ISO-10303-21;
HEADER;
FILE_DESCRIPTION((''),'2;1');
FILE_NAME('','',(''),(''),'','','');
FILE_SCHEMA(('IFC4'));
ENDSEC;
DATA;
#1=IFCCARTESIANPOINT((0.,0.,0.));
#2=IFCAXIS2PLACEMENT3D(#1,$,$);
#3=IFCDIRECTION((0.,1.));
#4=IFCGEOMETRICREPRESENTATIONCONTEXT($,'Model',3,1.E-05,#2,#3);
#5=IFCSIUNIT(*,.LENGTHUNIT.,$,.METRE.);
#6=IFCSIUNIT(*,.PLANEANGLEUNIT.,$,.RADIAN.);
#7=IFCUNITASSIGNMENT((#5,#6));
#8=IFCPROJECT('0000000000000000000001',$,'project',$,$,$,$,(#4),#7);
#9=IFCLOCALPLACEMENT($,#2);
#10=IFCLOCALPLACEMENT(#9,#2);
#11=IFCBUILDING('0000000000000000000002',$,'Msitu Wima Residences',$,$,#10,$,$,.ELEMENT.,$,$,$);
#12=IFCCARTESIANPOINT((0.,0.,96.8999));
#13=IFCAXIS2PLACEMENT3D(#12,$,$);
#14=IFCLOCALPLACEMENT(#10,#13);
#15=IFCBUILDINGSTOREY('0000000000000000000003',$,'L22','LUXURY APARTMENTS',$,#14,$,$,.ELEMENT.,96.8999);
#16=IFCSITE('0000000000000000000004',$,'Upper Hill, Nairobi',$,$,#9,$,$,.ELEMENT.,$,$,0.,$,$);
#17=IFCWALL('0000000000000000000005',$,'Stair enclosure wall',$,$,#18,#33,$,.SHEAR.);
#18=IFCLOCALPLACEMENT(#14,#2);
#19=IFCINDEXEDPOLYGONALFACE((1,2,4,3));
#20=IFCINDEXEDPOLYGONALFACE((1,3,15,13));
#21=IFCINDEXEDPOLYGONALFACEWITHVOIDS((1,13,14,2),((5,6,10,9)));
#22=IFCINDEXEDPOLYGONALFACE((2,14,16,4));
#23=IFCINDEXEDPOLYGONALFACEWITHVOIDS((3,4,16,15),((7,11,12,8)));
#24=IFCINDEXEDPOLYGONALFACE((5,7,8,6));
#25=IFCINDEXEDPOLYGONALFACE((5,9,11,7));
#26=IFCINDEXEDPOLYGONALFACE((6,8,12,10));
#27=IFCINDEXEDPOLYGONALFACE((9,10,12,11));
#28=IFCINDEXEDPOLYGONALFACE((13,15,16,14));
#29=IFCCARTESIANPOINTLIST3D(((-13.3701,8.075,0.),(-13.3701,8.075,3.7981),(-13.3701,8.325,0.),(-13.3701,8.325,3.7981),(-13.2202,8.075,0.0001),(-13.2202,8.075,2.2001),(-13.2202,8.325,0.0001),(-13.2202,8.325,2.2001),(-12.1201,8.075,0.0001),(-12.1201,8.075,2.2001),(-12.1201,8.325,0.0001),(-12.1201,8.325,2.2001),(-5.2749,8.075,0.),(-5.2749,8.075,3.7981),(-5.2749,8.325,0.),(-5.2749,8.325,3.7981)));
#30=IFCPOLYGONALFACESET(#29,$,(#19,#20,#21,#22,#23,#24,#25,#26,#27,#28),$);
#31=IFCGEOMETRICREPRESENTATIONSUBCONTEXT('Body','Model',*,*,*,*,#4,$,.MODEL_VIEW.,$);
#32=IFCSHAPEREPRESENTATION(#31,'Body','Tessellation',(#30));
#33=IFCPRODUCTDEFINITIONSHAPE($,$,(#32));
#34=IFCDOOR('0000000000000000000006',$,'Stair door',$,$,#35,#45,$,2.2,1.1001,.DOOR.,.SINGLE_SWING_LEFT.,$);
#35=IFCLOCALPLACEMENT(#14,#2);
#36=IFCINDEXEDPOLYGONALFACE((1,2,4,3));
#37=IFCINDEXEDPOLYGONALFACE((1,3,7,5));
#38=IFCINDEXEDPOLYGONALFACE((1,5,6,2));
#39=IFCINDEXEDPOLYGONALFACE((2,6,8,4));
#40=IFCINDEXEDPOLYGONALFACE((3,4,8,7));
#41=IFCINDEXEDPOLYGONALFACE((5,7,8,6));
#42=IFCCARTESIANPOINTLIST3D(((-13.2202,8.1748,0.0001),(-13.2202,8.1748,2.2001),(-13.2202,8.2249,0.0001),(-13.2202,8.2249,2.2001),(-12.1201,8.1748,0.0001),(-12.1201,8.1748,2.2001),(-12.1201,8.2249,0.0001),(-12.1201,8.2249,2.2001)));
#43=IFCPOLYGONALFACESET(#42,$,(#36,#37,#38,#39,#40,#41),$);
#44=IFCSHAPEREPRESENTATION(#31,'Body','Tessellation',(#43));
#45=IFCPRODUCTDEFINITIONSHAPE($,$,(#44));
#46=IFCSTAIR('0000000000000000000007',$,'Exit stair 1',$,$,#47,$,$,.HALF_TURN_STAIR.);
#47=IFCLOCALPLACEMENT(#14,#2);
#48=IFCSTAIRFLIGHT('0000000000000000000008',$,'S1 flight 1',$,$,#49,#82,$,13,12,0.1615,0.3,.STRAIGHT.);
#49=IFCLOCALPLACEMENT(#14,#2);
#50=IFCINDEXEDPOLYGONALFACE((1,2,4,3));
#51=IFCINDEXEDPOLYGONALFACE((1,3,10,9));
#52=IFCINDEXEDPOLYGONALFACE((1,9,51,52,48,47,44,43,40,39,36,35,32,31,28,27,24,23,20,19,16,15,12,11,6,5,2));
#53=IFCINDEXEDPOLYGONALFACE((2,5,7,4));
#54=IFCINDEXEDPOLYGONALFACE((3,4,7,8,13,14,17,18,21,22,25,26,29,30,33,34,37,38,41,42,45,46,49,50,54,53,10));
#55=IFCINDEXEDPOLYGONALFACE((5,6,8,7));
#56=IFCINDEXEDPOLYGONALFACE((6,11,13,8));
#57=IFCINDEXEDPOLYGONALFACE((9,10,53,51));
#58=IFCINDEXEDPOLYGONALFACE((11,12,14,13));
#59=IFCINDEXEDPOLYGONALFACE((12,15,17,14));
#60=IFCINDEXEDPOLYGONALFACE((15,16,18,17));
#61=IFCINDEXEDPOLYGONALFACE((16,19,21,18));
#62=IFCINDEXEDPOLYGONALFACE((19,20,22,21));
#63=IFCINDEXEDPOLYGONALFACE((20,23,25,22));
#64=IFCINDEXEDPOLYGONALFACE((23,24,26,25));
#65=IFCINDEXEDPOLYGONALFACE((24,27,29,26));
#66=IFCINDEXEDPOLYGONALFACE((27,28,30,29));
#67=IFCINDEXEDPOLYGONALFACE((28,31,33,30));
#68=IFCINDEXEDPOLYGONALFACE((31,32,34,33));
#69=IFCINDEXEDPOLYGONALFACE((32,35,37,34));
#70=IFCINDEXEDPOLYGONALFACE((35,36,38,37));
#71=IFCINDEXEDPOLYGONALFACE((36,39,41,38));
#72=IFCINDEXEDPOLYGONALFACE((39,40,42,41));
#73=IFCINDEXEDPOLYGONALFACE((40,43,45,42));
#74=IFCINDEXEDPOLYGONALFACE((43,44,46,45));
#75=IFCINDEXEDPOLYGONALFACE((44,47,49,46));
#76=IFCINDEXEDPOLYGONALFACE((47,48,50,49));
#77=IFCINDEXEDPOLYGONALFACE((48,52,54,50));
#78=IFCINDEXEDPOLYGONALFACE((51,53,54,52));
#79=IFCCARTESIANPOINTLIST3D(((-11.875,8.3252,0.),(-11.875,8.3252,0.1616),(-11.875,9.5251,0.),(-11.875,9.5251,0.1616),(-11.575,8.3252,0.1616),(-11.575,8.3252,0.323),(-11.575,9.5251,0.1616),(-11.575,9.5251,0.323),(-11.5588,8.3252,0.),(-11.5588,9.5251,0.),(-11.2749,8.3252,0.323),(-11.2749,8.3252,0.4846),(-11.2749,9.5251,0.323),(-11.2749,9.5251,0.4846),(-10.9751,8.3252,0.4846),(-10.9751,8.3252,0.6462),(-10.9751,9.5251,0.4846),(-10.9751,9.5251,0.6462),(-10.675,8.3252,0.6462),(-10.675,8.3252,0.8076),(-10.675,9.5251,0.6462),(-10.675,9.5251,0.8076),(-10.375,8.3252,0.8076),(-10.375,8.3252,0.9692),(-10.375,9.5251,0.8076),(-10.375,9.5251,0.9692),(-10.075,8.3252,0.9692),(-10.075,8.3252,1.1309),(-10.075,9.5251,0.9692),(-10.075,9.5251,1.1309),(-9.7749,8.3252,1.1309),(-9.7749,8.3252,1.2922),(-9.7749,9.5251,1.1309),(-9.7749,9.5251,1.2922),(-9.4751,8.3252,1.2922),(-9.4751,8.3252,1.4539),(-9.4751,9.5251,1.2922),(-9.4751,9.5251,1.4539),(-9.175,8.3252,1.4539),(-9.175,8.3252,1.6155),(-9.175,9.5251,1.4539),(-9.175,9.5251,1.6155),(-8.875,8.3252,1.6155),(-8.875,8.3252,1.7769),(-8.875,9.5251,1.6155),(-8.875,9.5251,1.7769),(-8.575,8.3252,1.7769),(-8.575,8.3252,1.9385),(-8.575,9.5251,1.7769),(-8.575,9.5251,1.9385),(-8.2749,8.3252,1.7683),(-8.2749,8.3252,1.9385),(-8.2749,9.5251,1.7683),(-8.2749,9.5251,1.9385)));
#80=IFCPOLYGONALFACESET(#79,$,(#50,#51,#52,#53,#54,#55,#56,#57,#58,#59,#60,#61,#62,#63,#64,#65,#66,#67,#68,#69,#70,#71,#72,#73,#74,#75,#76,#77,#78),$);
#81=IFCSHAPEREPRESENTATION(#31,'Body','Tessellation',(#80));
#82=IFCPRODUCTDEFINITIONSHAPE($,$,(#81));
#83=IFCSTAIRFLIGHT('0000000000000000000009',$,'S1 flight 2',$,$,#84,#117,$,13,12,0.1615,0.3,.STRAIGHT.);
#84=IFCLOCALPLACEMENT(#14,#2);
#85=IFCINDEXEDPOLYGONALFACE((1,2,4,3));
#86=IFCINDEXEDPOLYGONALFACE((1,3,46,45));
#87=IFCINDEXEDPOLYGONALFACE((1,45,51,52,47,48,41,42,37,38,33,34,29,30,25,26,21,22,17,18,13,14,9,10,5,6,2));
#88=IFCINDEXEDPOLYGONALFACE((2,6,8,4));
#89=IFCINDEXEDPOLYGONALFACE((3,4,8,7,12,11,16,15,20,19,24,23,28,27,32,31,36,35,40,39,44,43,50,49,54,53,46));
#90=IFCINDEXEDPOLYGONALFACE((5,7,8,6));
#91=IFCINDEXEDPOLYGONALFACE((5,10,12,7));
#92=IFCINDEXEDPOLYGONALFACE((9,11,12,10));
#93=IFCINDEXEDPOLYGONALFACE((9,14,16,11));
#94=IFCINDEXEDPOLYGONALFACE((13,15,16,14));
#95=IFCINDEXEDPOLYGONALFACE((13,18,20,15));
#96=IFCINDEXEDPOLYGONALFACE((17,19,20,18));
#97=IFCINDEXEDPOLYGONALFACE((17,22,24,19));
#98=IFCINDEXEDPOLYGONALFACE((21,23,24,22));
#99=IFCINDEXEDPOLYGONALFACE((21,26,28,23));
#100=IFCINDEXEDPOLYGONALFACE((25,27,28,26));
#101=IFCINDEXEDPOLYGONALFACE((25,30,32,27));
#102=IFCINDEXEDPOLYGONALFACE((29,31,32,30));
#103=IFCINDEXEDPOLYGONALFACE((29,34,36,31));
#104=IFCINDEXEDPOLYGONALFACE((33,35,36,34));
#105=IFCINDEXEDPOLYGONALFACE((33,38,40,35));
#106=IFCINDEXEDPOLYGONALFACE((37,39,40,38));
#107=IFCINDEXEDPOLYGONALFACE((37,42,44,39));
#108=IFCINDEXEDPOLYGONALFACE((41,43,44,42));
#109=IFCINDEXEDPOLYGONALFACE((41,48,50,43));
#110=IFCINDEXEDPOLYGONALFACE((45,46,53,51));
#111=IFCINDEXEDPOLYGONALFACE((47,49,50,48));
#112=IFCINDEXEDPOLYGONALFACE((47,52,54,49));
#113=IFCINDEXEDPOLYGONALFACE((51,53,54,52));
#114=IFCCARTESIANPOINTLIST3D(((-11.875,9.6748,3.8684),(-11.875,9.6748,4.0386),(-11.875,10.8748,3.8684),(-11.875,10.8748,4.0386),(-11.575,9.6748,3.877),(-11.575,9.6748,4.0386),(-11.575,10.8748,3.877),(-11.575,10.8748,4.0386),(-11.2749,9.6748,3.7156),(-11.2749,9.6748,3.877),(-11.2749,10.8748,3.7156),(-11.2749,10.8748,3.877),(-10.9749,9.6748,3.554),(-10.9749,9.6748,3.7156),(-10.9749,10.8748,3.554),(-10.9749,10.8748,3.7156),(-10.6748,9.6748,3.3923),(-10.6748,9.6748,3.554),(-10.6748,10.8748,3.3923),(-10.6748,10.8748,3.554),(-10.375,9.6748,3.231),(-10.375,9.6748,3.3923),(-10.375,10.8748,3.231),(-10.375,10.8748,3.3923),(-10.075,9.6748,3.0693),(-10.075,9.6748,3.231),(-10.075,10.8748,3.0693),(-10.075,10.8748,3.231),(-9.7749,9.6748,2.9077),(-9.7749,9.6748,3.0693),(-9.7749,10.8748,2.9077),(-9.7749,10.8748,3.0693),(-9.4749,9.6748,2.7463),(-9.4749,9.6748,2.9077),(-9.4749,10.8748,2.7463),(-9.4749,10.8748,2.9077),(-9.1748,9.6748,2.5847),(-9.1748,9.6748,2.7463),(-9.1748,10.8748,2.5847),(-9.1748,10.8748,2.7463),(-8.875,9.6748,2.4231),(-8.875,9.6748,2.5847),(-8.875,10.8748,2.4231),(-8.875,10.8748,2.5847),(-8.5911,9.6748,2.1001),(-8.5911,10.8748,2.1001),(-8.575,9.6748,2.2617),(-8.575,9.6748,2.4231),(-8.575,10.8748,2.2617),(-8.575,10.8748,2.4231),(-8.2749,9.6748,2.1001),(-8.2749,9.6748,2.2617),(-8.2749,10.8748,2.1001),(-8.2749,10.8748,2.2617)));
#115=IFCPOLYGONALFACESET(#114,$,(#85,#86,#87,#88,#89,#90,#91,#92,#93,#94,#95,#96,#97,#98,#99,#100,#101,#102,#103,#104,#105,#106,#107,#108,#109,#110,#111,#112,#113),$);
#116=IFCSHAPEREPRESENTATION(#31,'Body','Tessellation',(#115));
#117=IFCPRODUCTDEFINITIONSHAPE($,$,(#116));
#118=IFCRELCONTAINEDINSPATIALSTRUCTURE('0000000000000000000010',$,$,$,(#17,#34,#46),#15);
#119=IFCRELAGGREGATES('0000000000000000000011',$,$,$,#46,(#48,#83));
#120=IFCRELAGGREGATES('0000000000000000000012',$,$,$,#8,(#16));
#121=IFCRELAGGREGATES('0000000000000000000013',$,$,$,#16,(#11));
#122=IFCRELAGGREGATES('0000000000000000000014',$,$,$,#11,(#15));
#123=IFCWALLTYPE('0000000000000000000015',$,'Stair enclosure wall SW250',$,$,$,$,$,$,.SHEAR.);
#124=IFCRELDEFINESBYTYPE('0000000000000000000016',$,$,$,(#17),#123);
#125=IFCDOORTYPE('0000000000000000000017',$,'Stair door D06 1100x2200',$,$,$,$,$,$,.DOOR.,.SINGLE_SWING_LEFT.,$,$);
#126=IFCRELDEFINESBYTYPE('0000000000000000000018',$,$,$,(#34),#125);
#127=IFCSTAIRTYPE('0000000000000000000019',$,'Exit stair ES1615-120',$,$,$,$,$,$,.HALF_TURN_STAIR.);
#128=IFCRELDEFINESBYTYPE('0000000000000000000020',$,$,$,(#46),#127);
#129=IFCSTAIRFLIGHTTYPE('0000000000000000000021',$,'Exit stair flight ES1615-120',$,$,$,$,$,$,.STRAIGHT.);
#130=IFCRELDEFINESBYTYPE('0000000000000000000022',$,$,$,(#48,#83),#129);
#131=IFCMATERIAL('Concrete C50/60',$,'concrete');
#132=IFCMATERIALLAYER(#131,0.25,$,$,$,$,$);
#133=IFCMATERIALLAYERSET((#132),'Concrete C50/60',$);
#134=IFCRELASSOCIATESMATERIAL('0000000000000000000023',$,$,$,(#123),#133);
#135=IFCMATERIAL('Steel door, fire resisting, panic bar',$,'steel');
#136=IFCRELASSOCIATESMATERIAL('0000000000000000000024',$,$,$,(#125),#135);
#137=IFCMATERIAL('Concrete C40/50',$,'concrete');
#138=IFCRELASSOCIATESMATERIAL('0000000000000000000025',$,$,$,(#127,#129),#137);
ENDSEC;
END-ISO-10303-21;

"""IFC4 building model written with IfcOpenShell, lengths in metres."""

from ifc_helpers import new_model, si_unit, direction, frame, frame_2d, origin, place, context, subcontext, project, spatial, polyline, rectangle, outline, extrude, material, layer, layer_set, type_object, element, fill, aggregate, save


model = new_model("IFC4")

# Units and contexts
model_context = context("Model", 3, precision=1e-05, world=origin(), true_north=direction((0.0, 1.0)))
body_context = subcontext(model_context, "Body", "Model", "MODEL_VIEW")
ifc_project = project(units=[si_unit("LENGTHUNIT", "METRE"), si_unit("PLANEANGLEUNIT", "RADIAN")], contexts=[model_context])

# Site, building, storey
site_placement = place(None, origin())
site = spatial("IfcSite", under=ifc_project, at=site_placement, Name="Upper Hill, Nairobi", CompositionType="ELEMENT", RefElevation=0.0)
building_placement = place(site_placement, origin())
building = spatial("IfcBuilding", under=site, at=building_placement, Name="Msitu Wima Residences", CompositionType="ELEMENT")
storey_placement = place(building_placement, frame((0.0, 0.0, 96.8999)))
storey = spatial("IfcBuildingStorey", under=building, at=storey_placement, Name="L22", Description="LUXURY APARTMENTS", CompositionType="ELEMENT", Elevation=96.8999)

# Shared definitions
ifc_material_1 = material(Name="Concrete C40/50", Category="concrete")

# Wall, opening, door
ifc_material_2 = material(Name="Concrete C50/60", Category="concrete")
ifc_layer_1 = layer(ifc_material_2, 0.25)
ifc_layer_set_1 = layer_set([ifc_layer_1], Name="Concrete C50/60")
wall_type_1 = type_object("IfcWallType", Name="Stair enclosure wall SW250", PredefinedType="SHEAR", material=ifc_layer_set_1)
wall_1_placement = place(storey_placement, frame((-13.3701, 8.2, 0.0), z_axis=(0.0, 0.0, 1.0), x_axis=(1.0, 0.0, 0.0)))
wall_1 = element("IfcWall", 1, at=wall_1_placement, inside=storey, type_object=wall_type_1, Name="Stair enclosure wall", PredefinedType="SHEAR", context=body_context, shape_type="SweptSolid", body=[
    extrude(rectangle(XDim=8.0952, YDim=0.25, at=frame_2d((4.0476, 0.0))), origin(), (0.0, 0.0, 1.0), 3.7981),
])
opening_1_placement = place(wall_1_placement, frame((0.1499, 0.0, 0.0)))
opening_1 = element("IfcOpeningElement", 2, at=opening_1_placement, cuts=wall_1, PredefinedType="OPENING", context=body_context, shape_type="SweptSolid", body=[
    extrude(rectangle(XDim=1.1001, YDim=2.2, at=frame_2d((0.55, 1.1001))), frame((0.0, 0.135, 0.0), z_axis=(0.0, -1.0, 0.0), x_axis=(1.0, 0.0, 0.0)), (0.0, 0.0, 1.0), 0.27),
])
ifc_material_3 = material(Name="Steel door, fire resisting, panic bar", Category="steel")
door_type_1 = type_object("IfcDoorType", Name="Stair door D06 1100x2200", OperationType="SINGLE_SWING_LEFT", PredefinedType="DOOR", material=ifc_material_3)
door_1_placement = place(opening_1_placement, origin())
door_1 = element("IfcDoor", 3, at=door_1_placement, inside=storey, type_object=door_type_1, Name="Stair door", OperationType="SINGLE_SWING_LEFT", OverallHeight=2.2, OverallWidth=1.1001, PredefinedType="DOOR", context=body_context, shape_type="SweptSolid", body=[
    extrude(rectangle(XDim=1.1001, YDim=2.2, at=frame_2d((0.55, 1.1001))), frame((0.0, 0.0249, 0.0), z_axis=(0.0, -1.0, 0.0), x_axis=(1.0, 0.0, 0.0)), (0.0, 0.0, 1.0), 0.05),
])
fill(opening_1, door_1)

# Stair, stair flights
stair_type = type_object("IfcStairType", Name="Exit stair ES1615-120", PredefinedType="HALF_TURN_STAIR", material=ifc_material_1)
stair_placement = place(storey_placement, origin())
stair = element("IfcStair", 4, at=stair_placement, inside=storey, type_object=stair_type, Name="Exit stair 1", PredefinedType="HALF_TURN_STAIR")
stair_flight_type = type_object("IfcStairFlightType", Name="Exit stair flight ES1615-120", PredefinedType="STRAIGHT", material=ifc_material_1)
stair_flight_1_placement = place(storey_placement, frame((-11.875, 8.925, 0.0), z_axis=(0.0, 0.0, 1.0), x_axis=(1.0, 0.0, 0.0)))
stair_flight_1 = element("IfcStairFlight", 5, at=stair_flight_1_placement, type_object=stair_flight_type, Name="S1 flight 1", NumberOfRisers=13, NumberOfTreads=12, PredefinedType="STRAIGHT", RiserHeight=0.1615, TreadLength=0.3, context=body_context, shape_type="SweptSolid", body=[
    extrude(outline(polyline([(0.0, 0.0), (0.0, 0.1616), (0.3, 0.1616), (0.3, 0.323), (0.6001, 0.323), (0.6001, 0.4846), (0.8999, 0.4846), (0.8999, 0.6462), (1.2, 0.6462), (1.2, 0.8076), (1.5, 0.8076), (1.5, 0.9692), (1.8, 0.9692), (1.8, 1.1309), (2.1001, 1.1309), (2.1001, 1.2922), (2.3999, 1.2922), (2.3999, 1.4539), (2.7, 1.4539), (2.7, 1.6155), (3.0, 1.6155), (3.0, 1.7769), (3.3, 1.7769), (3.3, 1.9385), (3.6001, 1.9385), (3.6001, 2.1001), (3.6001, 1.7683), (0.3162, 0.0), (0.0, 0.0)])), frame((0.0, 0.6001, 0.0), z_axis=(0.0, -1.0, 0.0), x_axis=(1.0, 0.0, 0.0)), (0.0, 0.0, 1.0), 1.2),
])
stair_flight_2_placement = place(storey_placement, frame((-8.2749, 10.2749, 2.1001), z_axis=(0.0, 0.0, 1.0), x_axis=(-1.0, 0.0, 0.0)))
stair_flight_2 = element("IfcStairFlight", 6, at=stair_flight_2_placement, type_object=stair_flight_type, Name="S1 flight 2", NumberOfRisers=13, NumberOfTreads=12, PredefinedType="STRAIGHT", RiserHeight=0.1615, TreadLength=0.3, context=body_context, shape_type="SweptSolid", body=[
    extrude(outline(polyline([(0.0, 0.0), (0.0, 0.1616), (0.3, 0.1616), (0.3, 0.323), (0.6001, 0.323), (0.6001, 0.4846), (0.8999, 0.4846), (0.8999, 0.6462), (1.2, 0.6462), (1.2, 0.8076), (1.5, 0.8076), (1.5, 0.9692), (1.8, 0.9692), (1.8, 1.1309), (2.1001, 1.1309), (2.1001, 1.2922), (2.3999, 1.2922), (2.3999, 1.4539), (2.7, 1.4539), (2.7, 1.6155), (3.0, 1.6155), (3.0, 1.7769), (3.3, 1.7769), (3.3, 1.9385), (3.6001, 1.9385), (3.6001, 2.1001), (3.6001, 1.7683), (0.3162, 0.0), (0.0, 0.0)])), frame((0.0, 0.6001, 0.0), z_axis=(0.0, -1.0, 0.0), x_axis=(1.0, 0.0, 0.0)), (0.0, 0.0, 1.0), 1.2),
])
aggregate(stair, [stair_flight_1, stair_flight_2])

save(model, "model.ifc")
